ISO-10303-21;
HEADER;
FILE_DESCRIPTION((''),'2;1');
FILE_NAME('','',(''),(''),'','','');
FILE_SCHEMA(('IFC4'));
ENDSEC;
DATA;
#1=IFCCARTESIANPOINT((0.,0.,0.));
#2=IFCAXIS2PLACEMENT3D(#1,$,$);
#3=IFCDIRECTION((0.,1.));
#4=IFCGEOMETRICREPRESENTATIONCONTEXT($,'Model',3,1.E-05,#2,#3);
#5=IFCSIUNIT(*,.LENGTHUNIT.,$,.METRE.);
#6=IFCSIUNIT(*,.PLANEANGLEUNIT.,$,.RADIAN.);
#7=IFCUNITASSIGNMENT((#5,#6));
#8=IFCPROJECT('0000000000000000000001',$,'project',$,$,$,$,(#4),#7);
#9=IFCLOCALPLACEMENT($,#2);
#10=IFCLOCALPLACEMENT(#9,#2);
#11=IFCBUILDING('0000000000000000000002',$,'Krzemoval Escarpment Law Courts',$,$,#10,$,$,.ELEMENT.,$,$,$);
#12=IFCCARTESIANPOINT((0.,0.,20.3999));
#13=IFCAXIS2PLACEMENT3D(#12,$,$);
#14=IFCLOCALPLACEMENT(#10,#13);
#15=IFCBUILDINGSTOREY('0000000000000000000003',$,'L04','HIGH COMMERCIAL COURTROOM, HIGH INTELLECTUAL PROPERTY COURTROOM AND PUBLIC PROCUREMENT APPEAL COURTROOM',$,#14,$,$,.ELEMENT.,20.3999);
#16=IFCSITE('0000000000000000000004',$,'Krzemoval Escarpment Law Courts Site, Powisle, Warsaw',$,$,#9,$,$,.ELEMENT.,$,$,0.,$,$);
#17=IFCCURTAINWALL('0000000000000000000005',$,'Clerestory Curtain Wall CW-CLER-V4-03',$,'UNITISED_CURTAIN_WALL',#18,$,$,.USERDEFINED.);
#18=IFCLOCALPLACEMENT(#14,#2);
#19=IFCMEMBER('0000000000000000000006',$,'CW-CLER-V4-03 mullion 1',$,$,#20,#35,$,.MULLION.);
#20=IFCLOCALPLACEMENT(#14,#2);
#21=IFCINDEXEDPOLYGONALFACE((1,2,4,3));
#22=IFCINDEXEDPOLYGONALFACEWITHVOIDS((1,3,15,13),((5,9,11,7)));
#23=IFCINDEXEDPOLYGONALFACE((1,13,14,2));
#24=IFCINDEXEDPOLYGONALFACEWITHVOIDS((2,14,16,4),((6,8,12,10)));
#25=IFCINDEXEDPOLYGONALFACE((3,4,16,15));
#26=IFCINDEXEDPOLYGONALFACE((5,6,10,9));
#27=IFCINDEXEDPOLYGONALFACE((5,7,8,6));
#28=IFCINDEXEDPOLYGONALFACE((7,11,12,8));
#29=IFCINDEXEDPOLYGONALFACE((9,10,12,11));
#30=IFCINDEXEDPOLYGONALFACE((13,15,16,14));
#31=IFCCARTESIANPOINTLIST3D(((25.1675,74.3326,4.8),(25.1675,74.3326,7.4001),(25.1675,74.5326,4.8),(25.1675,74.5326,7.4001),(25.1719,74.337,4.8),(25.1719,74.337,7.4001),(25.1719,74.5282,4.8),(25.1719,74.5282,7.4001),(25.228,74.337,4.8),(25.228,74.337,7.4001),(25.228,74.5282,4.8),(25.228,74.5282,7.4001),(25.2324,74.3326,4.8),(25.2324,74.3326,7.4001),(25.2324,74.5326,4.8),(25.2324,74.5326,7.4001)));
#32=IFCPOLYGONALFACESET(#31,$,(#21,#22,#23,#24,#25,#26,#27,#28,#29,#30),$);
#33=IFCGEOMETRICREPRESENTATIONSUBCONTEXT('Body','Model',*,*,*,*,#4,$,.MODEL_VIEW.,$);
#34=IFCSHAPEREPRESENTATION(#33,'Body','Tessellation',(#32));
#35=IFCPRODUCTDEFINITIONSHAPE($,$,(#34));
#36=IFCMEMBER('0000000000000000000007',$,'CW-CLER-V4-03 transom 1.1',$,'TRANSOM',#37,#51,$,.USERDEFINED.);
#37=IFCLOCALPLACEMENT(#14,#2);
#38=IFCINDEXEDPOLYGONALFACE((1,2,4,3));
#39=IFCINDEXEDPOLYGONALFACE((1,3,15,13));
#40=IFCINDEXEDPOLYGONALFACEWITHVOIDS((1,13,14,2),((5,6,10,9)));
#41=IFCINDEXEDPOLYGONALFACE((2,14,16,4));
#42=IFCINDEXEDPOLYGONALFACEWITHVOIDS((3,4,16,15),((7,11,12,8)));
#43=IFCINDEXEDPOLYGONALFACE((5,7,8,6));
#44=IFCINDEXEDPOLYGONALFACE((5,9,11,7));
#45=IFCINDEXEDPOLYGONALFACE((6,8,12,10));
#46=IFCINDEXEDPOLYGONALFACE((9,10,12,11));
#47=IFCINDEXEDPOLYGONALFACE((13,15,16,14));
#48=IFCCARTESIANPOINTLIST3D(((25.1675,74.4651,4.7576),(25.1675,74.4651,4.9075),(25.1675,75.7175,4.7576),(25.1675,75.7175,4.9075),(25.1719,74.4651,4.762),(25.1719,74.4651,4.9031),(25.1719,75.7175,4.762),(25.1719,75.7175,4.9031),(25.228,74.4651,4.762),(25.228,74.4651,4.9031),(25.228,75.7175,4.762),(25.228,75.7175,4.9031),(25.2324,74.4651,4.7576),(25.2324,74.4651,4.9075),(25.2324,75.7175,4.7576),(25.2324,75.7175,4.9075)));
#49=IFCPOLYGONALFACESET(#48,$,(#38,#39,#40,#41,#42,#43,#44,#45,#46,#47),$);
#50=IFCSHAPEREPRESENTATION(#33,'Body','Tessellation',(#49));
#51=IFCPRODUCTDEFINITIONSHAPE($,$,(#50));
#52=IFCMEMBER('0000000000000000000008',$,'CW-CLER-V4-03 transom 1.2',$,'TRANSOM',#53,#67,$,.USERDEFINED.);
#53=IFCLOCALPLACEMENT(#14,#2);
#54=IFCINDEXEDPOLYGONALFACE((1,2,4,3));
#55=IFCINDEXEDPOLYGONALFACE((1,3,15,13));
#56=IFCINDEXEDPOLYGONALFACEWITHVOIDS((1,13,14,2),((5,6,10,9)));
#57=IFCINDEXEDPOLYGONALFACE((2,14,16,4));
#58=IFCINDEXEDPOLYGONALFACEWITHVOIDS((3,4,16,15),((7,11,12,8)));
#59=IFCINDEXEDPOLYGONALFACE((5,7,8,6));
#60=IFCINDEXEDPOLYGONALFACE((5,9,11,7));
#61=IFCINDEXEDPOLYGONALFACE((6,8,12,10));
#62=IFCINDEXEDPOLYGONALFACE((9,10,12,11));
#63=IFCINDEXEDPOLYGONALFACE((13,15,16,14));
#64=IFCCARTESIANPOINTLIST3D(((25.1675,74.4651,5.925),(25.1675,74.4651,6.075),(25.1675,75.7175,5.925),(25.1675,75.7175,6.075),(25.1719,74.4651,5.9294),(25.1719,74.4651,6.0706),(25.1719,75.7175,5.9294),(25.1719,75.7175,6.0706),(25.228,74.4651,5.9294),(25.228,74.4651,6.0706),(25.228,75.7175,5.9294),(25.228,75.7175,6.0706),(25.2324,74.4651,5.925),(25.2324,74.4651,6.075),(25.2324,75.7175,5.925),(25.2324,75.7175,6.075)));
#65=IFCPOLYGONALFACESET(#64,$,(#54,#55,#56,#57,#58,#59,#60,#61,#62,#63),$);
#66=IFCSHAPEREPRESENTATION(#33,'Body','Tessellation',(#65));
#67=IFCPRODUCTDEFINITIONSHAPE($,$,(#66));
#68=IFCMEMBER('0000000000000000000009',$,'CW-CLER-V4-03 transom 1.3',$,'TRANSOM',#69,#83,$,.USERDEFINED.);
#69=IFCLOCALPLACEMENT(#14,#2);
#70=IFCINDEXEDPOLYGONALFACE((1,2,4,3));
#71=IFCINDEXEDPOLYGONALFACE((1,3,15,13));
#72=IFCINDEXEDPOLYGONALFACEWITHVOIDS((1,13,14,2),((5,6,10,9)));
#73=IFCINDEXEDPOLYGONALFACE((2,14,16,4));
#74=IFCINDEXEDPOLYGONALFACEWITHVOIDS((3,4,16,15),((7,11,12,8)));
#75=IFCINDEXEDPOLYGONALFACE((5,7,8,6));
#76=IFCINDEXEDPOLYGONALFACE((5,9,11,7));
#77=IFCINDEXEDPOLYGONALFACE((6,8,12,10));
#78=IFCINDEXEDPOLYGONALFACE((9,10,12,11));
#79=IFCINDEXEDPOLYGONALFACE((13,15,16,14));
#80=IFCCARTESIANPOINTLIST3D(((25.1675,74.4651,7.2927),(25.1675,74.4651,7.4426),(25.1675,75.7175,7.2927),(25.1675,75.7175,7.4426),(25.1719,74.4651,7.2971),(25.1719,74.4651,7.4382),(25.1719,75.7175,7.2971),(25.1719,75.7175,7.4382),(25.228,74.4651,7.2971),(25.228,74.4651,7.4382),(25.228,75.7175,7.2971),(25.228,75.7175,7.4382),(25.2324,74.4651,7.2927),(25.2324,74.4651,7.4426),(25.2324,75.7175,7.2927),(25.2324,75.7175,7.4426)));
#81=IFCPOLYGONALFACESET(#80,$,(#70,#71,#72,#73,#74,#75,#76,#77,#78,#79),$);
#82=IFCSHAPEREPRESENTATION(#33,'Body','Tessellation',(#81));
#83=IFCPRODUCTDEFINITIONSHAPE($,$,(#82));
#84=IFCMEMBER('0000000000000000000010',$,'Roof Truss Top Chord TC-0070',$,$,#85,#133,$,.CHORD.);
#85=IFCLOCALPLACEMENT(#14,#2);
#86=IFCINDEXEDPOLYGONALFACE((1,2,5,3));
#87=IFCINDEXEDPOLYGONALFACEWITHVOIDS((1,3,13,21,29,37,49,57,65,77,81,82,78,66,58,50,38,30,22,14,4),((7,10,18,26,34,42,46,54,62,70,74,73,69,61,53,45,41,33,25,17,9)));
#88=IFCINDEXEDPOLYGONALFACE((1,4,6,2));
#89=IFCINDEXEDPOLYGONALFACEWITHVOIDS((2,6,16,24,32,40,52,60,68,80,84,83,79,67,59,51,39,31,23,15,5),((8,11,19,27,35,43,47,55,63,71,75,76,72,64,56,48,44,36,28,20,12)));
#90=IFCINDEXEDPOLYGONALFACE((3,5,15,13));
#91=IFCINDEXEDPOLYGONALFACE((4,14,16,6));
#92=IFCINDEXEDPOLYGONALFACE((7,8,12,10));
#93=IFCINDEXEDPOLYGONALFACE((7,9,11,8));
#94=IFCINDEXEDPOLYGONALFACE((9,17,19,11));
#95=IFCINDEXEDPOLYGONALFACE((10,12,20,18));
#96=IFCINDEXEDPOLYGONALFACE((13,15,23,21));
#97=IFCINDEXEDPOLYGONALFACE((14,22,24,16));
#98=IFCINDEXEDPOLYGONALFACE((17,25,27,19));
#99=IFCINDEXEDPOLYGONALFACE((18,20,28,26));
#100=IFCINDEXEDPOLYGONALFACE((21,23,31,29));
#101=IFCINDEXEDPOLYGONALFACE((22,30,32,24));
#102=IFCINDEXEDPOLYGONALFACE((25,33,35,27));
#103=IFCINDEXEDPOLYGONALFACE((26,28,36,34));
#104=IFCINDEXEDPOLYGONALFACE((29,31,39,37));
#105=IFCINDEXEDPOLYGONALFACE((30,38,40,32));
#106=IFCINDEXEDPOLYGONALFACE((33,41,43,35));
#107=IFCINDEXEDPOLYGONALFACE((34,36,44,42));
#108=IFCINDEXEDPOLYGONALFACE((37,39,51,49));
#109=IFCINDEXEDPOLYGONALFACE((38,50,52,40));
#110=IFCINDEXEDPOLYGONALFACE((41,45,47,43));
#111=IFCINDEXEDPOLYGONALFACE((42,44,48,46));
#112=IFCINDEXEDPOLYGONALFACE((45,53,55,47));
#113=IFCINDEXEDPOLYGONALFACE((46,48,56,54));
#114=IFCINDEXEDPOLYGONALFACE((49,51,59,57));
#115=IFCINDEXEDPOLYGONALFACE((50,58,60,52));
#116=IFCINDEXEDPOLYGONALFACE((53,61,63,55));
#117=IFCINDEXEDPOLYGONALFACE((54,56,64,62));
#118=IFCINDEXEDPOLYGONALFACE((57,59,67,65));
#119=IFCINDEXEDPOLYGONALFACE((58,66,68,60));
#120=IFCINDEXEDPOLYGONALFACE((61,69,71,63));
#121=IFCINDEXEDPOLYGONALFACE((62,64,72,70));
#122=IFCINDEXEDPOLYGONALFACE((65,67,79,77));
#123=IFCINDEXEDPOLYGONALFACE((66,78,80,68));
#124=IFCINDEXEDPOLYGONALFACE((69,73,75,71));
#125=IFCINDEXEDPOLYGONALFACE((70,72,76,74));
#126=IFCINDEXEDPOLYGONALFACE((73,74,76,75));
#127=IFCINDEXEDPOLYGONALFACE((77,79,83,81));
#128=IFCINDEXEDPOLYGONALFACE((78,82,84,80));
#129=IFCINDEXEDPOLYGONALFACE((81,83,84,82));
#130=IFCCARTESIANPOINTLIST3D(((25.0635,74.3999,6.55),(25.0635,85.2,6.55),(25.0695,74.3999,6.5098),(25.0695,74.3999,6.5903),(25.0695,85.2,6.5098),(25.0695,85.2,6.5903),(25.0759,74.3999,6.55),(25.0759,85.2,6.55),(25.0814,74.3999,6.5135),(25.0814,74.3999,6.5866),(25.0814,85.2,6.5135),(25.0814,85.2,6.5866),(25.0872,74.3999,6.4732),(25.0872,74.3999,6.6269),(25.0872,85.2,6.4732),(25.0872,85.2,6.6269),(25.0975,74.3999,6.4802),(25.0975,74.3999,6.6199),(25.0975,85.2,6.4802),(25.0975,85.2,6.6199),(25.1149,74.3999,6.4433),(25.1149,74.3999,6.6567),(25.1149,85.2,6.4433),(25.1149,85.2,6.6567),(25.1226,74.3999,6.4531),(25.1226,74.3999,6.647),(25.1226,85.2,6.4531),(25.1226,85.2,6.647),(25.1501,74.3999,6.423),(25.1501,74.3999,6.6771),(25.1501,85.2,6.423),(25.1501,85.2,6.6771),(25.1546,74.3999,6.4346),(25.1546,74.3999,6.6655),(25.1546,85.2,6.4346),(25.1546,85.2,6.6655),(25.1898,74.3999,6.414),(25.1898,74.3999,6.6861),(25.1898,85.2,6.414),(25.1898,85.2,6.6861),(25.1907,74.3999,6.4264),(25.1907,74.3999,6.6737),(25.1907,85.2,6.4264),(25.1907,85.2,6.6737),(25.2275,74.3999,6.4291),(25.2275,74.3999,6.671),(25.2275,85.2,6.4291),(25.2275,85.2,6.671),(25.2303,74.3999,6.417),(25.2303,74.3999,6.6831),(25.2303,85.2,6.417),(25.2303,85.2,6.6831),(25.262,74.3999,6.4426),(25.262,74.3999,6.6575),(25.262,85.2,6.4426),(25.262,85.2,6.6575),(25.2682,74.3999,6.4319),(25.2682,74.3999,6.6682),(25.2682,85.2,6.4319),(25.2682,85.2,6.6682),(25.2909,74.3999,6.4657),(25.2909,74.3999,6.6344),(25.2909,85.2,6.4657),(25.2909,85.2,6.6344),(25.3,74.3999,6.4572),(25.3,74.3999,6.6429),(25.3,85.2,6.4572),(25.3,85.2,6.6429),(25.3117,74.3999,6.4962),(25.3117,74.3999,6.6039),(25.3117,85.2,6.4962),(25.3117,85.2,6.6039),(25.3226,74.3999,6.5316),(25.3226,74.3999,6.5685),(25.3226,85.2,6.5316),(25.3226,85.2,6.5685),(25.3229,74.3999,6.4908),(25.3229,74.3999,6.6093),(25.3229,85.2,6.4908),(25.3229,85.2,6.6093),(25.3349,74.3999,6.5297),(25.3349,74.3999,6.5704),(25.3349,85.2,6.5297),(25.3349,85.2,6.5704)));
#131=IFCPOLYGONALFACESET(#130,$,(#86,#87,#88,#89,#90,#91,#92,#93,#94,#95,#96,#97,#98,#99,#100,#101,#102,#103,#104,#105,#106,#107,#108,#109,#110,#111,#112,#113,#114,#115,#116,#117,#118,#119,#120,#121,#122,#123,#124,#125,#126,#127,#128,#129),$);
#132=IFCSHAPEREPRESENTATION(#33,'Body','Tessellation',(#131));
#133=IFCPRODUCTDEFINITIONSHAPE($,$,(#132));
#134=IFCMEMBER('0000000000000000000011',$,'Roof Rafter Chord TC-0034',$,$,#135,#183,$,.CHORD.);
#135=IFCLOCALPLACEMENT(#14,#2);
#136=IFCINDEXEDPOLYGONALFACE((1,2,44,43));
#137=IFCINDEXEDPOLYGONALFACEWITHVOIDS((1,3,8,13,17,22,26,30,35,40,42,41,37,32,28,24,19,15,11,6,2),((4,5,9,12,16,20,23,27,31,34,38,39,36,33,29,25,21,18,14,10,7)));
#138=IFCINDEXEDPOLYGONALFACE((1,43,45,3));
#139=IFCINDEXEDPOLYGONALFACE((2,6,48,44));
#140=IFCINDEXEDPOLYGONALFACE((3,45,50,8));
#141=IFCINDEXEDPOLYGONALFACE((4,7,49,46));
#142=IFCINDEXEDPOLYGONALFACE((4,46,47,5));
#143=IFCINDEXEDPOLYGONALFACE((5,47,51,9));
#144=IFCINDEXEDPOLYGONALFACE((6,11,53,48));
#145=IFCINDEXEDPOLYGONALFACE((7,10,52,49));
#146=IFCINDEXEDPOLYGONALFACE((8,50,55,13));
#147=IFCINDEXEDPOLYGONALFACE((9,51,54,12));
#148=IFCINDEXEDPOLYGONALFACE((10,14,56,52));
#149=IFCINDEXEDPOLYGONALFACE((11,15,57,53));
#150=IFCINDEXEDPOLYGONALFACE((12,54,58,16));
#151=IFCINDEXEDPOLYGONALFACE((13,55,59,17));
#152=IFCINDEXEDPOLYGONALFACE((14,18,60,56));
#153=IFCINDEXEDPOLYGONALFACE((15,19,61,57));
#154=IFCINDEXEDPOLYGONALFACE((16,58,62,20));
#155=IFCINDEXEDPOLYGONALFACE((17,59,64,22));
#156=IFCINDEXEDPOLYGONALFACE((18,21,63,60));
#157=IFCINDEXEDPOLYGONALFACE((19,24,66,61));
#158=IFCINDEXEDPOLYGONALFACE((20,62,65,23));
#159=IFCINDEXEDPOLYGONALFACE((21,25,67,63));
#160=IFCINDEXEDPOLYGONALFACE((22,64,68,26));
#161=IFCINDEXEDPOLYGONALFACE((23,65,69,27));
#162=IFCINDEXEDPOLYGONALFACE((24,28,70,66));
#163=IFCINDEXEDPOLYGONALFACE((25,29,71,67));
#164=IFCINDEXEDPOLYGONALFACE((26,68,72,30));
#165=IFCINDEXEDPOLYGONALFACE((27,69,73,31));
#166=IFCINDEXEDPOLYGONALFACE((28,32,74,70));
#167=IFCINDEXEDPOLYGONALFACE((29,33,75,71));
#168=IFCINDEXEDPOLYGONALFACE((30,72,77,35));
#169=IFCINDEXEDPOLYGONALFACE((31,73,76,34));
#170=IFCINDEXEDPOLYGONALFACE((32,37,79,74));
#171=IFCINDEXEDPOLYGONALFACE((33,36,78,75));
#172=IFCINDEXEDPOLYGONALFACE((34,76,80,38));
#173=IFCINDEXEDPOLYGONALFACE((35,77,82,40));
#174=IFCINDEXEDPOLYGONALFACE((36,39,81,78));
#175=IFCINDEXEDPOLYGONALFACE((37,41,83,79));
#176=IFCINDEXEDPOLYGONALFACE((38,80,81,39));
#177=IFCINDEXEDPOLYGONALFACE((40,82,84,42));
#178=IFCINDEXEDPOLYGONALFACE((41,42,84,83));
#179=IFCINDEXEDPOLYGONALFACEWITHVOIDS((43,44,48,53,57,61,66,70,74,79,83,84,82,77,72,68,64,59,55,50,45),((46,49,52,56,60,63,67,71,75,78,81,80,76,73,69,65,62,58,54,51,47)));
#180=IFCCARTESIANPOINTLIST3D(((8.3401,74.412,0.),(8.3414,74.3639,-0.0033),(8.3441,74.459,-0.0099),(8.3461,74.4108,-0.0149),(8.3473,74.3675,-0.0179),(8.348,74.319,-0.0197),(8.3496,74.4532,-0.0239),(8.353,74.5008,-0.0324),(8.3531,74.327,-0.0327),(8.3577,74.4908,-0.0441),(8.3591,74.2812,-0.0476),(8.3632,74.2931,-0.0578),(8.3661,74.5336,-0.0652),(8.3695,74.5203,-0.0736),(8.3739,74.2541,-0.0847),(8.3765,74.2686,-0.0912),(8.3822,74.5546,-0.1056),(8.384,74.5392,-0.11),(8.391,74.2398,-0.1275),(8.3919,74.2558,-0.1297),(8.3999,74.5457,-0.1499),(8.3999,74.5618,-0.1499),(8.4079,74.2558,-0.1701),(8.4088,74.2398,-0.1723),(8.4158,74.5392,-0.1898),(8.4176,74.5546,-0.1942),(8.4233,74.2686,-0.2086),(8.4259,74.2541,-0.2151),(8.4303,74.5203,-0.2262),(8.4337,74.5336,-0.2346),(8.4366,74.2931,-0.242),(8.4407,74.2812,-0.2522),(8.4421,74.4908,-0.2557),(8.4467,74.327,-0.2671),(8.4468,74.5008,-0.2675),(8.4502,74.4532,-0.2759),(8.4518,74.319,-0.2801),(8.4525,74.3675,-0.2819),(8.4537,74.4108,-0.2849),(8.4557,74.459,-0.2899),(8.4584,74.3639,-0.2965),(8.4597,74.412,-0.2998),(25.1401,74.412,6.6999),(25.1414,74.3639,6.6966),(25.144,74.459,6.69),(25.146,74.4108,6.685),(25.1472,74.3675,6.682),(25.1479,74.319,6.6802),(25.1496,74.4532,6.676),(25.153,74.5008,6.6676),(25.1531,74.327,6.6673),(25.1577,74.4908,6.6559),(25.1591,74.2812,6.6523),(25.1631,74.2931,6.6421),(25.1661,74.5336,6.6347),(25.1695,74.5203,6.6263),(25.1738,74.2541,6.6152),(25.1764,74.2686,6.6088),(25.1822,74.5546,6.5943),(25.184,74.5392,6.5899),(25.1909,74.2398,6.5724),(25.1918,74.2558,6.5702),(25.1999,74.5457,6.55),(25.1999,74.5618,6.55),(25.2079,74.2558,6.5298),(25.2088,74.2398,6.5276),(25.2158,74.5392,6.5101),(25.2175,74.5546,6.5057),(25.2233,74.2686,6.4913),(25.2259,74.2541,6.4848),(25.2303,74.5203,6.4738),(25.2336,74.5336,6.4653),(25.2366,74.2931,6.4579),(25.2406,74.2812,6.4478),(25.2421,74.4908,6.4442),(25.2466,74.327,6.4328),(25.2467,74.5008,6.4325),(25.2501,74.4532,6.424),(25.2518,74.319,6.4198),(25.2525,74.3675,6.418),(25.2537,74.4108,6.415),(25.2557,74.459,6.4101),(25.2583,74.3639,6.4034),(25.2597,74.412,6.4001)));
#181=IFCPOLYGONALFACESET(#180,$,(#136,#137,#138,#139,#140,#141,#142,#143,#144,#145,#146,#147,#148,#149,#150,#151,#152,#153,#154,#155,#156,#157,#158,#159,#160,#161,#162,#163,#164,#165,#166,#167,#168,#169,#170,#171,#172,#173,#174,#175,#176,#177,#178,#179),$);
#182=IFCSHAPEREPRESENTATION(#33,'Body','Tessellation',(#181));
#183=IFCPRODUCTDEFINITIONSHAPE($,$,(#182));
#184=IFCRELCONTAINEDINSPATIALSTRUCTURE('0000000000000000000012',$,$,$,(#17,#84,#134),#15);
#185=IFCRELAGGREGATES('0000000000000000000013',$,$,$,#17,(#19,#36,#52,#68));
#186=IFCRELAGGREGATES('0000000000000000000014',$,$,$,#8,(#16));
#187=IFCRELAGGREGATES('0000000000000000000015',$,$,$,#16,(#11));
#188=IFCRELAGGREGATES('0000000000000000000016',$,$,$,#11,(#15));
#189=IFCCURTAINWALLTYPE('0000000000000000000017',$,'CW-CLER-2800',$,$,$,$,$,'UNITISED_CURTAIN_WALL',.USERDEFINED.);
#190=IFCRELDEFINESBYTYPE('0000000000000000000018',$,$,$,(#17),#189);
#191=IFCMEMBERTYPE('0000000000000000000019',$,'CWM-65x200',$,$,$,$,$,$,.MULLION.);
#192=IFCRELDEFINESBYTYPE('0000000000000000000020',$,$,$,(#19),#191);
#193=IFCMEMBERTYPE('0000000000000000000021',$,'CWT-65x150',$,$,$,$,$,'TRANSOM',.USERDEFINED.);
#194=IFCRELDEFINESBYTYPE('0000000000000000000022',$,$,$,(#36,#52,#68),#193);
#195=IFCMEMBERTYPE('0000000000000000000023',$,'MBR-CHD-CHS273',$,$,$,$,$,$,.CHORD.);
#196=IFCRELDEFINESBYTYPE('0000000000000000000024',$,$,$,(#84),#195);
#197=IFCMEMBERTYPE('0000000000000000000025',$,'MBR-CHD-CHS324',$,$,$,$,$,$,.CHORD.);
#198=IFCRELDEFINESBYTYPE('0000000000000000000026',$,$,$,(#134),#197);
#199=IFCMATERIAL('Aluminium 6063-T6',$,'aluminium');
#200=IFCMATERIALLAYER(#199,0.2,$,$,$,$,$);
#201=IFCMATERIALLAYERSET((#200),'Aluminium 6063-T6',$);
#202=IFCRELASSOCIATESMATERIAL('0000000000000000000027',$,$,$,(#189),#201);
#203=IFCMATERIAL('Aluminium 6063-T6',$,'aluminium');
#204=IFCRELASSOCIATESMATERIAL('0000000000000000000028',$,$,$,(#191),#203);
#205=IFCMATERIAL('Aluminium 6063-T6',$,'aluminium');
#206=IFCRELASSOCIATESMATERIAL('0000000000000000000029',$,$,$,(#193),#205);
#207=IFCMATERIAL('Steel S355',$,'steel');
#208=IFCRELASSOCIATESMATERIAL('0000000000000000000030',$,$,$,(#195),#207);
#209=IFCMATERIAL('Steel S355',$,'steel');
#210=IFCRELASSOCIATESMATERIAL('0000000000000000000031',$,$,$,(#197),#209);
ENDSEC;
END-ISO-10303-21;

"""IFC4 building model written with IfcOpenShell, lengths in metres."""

from ifc_helpers import new_model, si_unit, direction, frame, origin, origin_2d, place, context, subcontext, project, spatial, hollow_rectangle, hollow_circle, extrude, material, layer, layer_set, material_profile, profile_set, type_object, element, aggregate, save


model = new_model("IFC4")

# Units and contexts
model_context = context("Model", 3, precision=1e-05, world=origin(), true_north=direction((0.0, 1.0)))
body_context = subcontext(model_context, "Body", "Model", "MODEL_VIEW")
ifc_project = project(units=[si_unit("LENGTHUNIT", "METRE"), si_unit("PLANEANGLEUNIT", "RADIAN")], contexts=[model_context])

# Site, building, storey
site_placement = place(None, origin())
site = spatial("IfcSite", under=ifc_project, at=site_placement, Name="Krzemoval Escarpment Law Courts Site, Powisle, Warsaw", CompositionType="ELEMENT", RefElevation=0.0)
building_placement = place(site_placement, origin())
building = spatial("IfcBuilding", under=site, at=building_placement, Name="Krzemoval Escarpment Law Courts", CompositionType="ELEMENT")
storey_placement = place(building_placement, frame((0.0, 0.0, 20.3999)))
storey = spatial("IfcBuildingStorey", under=building, at=storey_placement, Name="L04", Description="HIGH COMMERCIAL COURTROOM, HIGH INTELLECTUAL PROPERTY COURTROOM AND PUBLIC PROCUREMENT APPEAL COURTROOM", CompositionType="ELEMENT", Elevation=20.3999)

# Curtain wall, members
ifc_material_1 = material(Name="Aluminium 6063-T6", Category="aluminium")
ifc_layer_1 = layer(ifc_material_1, 0.2)
ifc_layer_set_1 = layer_set([ifc_layer_1], Name="Aluminium 6063-T6")
curtain_wall_type = type_object("IfcCurtainWallType", Name="CW-CLER-2800", ElementType="UNITISED_CURTAIN_WALL", PredefinedType="USERDEFINED", material=ifc_layer_set_1)
curtain_wall_placement = place(storey_placement, origin())
curtain_wall = element("IfcCurtainWall", 1, at=curtain_wall_placement, inside=storey, type_object=curtain_wall_type, Name="Clerestory Curtain Wall CW-CLER-V4-03", ObjectType="UNITISED_CURTAIN_WALL", PredefinedType="USERDEFINED")
ifc_material_2 = material(Name="Aluminium 6063-T6", Category="aluminium")
ifc_material_profile_1 = material_profile(ifc_material_2, hollow_rectangle(XDim=0.0649, YDim=0.2, WallThickness=0.0044, at=origin_2d()), Name="ALU M65x200")
ifc_profile_set_1 = profile_set([ifc_material_profile_1], Name="Aluminium 6063-T6")
member_type_1 = type_object("IfcMemberType", Name="CWM-65x200", PredefinedType="MULLION", material=ifc_profile_set_1)
member_1_placement = place(storey_placement, frame((25.2, 74.4326, 4.8), z_axis=(0.0, 0.0, 1.0), x_axis=(-1.0, 0.0, 0.0)))
member_1 = element("IfcMember", 2, at=member_1_placement, type_object=member_type_1, Name="CW-CLER-V4-03 mullion 1", PredefinedType="MULLION", context=body_context, shape_type="SweptSolid", body=[
    extrude(hollow_rectangle(XDim=0.0649, YDim=0.2, WallThickness=0.0044, at=origin_2d()), origin(), (0.0, 0.0, 1.0), 2.6001),
])
ifc_material_3 = material(Name="Aluminium 6063-T6", Category="aluminium")
ifc_material_profile_2 = material_profile(ifc_material_3, hollow_rectangle(XDim=0.0649, YDim=0.1499, WallThickness=0.0044, at=origin_2d()), Name="ALU T65x150")
ifc_profile_set_2 = profile_set([ifc_material_profile_2], Name="Aluminium 6063-T6")
member_type_2 = type_object("IfcMemberType", Name="CWT-65x150", ElementType="TRANSOM", PredefinedType="USERDEFINED", material=ifc_profile_set_2)
member_2_placement = place(storey_placement, frame((25.2, 74.4651, 4.8325), z_axis=(0.0, 1.0, 0.0), x_axis=(-1.0, 0.0, 0.0)))
member_2 = element("IfcMember", 3, at=member_2_placement, type_object=member_type_2, Name="CW-CLER-V4-03 transom 1.1", ObjectType="TRANSOM", PredefinedType="USERDEFINED", context=body_context, shape_type="SweptSolid", body=[
    extrude(hollow_rectangle(XDim=0.0649, YDim=0.1499, WallThickness=0.0044, at=origin_2d()), origin(), (0.0, 0.0, 1.0), 1.2524),
])
member_3_placement = place(storey_placement, frame((25.2, 74.4651, 6.0), z_axis=(0.0, 1.0, 0.0), x_axis=(-1.0, 0.0, 0.0)))
member_3 = element("IfcMember", 4, at=member_3_placement, type_object=member_type_2, Name="CW-CLER-V4-03 transom 1.2", ObjectType="TRANSOM", PredefinedType="USERDEFINED", context=body_context, shape_type="SweptSolid", body=[
    extrude(hollow_rectangle(XDim=0.0649, YDim=0.1499, WallThickness=0.0044, at=origin_2d()), origin(), (0.0, 0.0, 1.0), 1.2524),
])
member_4_placement = place(storey_placement, frame((25.2, 74.4651, 7.3677), z_axis=(0.0, 1.0, 0.0), x_axis=(-1.0, 0.0, 0.0)))
member_4 = element("IfcMember", 5, at=member_4_placement, type_object=member_type_2, Name="CW-CLER-V4-03 transom 1.3", ObjectType="TRANSOM", PredefinedType="USERDEFINED", context=body_context, shape_type="SweptSolid", body=[
    extrude(hollow_rectangle(XDim=0.0649, YDim=0.1499, WallThickness=0.0044, at=origin_2d()), origin(), (0.0, 0.0, 1.0), 1.2524),
])

# Members
ifc_material_4 = material(Name="Steel S355", Category="steel")
ifc_material_profile_3 = material_profile(ifc_material_4, hollow_circle(Radius=0.1365, WallThickness=0.0125, at=origin_2d()), Name="CHS 273x12.5")
ifc_profile_set_3 = profile_set([ifc_material_profile_3], Name="Steel S355")
member_type_3 = type_object("IfcMemberType", Name="MBR-CHD-CHS273", PredefinedType="CHORD", material=ifc_profile_set_3)
member_5_placement = place(storey_placement, frame((25.2, 74.3999, 6.55), z_axis=(0.0, 1.0, 0.0), x_axis=(-1.0, 0.0, 0.0)))
element("IfcMember", 6, at=member_5_placement, inside=storey, type_object=member_type_3, Name="Roof Truss Top Chord TC-0070", PredefinedType="CHORD", context=body_context, shape_type="SweptSolid", body=[
    extrude(hollow_circle(Radius=0.1365, WallThickness=0.0125, at=origin_2d()), origin(), (0.0, 0.0, 1.0), 10.8),
])
ifc_material_5 = material(Name="Steel S355", Category="steel")
ifc_material_profile_4 = material_profile(ifc_material_5, hollow_circle(Radius=0.1619, WallThickness=0.0161, at=origin_2d()), Name="CHS 323.9x16")
ifc_profile_set_4 = profile_set([ifc_material_profile_4], Name="Steel S355")
member_type_4 = type_object("IfcMemberType", Name="MBR-CHD-CHS324", PredefinedType="CHORD", material=ifc_profile_set_4)
for number, where, z_axis, x_axis, name in (
    (7, (8.3999, 74.3999, -0.1499), (0.928859, 0.0, 0.370434), (0.0, 1.0, 0.0), "Roof Rafter Chord TC-0034"),
):
    element("IfcMember", number, at=place(storey_placement, frame(where, z_axis=z_axis, x_axis=x_axis)), inside=storey, type_object=member_type_4, Name=name, PredefinedType="CHORD", context=body_context, shape_type="SweptSolid", body=[
        extrude(hollow_circle(Radius=0.1619, WallThickness=0.0161, at=origin_2d()), origin(), (0.0, 0.0, 1.0), 18.0867),
    ])

aggregate(curtain_wall, [member_1, member_2, member_3, member_4])

save(model, "model.ifc")
